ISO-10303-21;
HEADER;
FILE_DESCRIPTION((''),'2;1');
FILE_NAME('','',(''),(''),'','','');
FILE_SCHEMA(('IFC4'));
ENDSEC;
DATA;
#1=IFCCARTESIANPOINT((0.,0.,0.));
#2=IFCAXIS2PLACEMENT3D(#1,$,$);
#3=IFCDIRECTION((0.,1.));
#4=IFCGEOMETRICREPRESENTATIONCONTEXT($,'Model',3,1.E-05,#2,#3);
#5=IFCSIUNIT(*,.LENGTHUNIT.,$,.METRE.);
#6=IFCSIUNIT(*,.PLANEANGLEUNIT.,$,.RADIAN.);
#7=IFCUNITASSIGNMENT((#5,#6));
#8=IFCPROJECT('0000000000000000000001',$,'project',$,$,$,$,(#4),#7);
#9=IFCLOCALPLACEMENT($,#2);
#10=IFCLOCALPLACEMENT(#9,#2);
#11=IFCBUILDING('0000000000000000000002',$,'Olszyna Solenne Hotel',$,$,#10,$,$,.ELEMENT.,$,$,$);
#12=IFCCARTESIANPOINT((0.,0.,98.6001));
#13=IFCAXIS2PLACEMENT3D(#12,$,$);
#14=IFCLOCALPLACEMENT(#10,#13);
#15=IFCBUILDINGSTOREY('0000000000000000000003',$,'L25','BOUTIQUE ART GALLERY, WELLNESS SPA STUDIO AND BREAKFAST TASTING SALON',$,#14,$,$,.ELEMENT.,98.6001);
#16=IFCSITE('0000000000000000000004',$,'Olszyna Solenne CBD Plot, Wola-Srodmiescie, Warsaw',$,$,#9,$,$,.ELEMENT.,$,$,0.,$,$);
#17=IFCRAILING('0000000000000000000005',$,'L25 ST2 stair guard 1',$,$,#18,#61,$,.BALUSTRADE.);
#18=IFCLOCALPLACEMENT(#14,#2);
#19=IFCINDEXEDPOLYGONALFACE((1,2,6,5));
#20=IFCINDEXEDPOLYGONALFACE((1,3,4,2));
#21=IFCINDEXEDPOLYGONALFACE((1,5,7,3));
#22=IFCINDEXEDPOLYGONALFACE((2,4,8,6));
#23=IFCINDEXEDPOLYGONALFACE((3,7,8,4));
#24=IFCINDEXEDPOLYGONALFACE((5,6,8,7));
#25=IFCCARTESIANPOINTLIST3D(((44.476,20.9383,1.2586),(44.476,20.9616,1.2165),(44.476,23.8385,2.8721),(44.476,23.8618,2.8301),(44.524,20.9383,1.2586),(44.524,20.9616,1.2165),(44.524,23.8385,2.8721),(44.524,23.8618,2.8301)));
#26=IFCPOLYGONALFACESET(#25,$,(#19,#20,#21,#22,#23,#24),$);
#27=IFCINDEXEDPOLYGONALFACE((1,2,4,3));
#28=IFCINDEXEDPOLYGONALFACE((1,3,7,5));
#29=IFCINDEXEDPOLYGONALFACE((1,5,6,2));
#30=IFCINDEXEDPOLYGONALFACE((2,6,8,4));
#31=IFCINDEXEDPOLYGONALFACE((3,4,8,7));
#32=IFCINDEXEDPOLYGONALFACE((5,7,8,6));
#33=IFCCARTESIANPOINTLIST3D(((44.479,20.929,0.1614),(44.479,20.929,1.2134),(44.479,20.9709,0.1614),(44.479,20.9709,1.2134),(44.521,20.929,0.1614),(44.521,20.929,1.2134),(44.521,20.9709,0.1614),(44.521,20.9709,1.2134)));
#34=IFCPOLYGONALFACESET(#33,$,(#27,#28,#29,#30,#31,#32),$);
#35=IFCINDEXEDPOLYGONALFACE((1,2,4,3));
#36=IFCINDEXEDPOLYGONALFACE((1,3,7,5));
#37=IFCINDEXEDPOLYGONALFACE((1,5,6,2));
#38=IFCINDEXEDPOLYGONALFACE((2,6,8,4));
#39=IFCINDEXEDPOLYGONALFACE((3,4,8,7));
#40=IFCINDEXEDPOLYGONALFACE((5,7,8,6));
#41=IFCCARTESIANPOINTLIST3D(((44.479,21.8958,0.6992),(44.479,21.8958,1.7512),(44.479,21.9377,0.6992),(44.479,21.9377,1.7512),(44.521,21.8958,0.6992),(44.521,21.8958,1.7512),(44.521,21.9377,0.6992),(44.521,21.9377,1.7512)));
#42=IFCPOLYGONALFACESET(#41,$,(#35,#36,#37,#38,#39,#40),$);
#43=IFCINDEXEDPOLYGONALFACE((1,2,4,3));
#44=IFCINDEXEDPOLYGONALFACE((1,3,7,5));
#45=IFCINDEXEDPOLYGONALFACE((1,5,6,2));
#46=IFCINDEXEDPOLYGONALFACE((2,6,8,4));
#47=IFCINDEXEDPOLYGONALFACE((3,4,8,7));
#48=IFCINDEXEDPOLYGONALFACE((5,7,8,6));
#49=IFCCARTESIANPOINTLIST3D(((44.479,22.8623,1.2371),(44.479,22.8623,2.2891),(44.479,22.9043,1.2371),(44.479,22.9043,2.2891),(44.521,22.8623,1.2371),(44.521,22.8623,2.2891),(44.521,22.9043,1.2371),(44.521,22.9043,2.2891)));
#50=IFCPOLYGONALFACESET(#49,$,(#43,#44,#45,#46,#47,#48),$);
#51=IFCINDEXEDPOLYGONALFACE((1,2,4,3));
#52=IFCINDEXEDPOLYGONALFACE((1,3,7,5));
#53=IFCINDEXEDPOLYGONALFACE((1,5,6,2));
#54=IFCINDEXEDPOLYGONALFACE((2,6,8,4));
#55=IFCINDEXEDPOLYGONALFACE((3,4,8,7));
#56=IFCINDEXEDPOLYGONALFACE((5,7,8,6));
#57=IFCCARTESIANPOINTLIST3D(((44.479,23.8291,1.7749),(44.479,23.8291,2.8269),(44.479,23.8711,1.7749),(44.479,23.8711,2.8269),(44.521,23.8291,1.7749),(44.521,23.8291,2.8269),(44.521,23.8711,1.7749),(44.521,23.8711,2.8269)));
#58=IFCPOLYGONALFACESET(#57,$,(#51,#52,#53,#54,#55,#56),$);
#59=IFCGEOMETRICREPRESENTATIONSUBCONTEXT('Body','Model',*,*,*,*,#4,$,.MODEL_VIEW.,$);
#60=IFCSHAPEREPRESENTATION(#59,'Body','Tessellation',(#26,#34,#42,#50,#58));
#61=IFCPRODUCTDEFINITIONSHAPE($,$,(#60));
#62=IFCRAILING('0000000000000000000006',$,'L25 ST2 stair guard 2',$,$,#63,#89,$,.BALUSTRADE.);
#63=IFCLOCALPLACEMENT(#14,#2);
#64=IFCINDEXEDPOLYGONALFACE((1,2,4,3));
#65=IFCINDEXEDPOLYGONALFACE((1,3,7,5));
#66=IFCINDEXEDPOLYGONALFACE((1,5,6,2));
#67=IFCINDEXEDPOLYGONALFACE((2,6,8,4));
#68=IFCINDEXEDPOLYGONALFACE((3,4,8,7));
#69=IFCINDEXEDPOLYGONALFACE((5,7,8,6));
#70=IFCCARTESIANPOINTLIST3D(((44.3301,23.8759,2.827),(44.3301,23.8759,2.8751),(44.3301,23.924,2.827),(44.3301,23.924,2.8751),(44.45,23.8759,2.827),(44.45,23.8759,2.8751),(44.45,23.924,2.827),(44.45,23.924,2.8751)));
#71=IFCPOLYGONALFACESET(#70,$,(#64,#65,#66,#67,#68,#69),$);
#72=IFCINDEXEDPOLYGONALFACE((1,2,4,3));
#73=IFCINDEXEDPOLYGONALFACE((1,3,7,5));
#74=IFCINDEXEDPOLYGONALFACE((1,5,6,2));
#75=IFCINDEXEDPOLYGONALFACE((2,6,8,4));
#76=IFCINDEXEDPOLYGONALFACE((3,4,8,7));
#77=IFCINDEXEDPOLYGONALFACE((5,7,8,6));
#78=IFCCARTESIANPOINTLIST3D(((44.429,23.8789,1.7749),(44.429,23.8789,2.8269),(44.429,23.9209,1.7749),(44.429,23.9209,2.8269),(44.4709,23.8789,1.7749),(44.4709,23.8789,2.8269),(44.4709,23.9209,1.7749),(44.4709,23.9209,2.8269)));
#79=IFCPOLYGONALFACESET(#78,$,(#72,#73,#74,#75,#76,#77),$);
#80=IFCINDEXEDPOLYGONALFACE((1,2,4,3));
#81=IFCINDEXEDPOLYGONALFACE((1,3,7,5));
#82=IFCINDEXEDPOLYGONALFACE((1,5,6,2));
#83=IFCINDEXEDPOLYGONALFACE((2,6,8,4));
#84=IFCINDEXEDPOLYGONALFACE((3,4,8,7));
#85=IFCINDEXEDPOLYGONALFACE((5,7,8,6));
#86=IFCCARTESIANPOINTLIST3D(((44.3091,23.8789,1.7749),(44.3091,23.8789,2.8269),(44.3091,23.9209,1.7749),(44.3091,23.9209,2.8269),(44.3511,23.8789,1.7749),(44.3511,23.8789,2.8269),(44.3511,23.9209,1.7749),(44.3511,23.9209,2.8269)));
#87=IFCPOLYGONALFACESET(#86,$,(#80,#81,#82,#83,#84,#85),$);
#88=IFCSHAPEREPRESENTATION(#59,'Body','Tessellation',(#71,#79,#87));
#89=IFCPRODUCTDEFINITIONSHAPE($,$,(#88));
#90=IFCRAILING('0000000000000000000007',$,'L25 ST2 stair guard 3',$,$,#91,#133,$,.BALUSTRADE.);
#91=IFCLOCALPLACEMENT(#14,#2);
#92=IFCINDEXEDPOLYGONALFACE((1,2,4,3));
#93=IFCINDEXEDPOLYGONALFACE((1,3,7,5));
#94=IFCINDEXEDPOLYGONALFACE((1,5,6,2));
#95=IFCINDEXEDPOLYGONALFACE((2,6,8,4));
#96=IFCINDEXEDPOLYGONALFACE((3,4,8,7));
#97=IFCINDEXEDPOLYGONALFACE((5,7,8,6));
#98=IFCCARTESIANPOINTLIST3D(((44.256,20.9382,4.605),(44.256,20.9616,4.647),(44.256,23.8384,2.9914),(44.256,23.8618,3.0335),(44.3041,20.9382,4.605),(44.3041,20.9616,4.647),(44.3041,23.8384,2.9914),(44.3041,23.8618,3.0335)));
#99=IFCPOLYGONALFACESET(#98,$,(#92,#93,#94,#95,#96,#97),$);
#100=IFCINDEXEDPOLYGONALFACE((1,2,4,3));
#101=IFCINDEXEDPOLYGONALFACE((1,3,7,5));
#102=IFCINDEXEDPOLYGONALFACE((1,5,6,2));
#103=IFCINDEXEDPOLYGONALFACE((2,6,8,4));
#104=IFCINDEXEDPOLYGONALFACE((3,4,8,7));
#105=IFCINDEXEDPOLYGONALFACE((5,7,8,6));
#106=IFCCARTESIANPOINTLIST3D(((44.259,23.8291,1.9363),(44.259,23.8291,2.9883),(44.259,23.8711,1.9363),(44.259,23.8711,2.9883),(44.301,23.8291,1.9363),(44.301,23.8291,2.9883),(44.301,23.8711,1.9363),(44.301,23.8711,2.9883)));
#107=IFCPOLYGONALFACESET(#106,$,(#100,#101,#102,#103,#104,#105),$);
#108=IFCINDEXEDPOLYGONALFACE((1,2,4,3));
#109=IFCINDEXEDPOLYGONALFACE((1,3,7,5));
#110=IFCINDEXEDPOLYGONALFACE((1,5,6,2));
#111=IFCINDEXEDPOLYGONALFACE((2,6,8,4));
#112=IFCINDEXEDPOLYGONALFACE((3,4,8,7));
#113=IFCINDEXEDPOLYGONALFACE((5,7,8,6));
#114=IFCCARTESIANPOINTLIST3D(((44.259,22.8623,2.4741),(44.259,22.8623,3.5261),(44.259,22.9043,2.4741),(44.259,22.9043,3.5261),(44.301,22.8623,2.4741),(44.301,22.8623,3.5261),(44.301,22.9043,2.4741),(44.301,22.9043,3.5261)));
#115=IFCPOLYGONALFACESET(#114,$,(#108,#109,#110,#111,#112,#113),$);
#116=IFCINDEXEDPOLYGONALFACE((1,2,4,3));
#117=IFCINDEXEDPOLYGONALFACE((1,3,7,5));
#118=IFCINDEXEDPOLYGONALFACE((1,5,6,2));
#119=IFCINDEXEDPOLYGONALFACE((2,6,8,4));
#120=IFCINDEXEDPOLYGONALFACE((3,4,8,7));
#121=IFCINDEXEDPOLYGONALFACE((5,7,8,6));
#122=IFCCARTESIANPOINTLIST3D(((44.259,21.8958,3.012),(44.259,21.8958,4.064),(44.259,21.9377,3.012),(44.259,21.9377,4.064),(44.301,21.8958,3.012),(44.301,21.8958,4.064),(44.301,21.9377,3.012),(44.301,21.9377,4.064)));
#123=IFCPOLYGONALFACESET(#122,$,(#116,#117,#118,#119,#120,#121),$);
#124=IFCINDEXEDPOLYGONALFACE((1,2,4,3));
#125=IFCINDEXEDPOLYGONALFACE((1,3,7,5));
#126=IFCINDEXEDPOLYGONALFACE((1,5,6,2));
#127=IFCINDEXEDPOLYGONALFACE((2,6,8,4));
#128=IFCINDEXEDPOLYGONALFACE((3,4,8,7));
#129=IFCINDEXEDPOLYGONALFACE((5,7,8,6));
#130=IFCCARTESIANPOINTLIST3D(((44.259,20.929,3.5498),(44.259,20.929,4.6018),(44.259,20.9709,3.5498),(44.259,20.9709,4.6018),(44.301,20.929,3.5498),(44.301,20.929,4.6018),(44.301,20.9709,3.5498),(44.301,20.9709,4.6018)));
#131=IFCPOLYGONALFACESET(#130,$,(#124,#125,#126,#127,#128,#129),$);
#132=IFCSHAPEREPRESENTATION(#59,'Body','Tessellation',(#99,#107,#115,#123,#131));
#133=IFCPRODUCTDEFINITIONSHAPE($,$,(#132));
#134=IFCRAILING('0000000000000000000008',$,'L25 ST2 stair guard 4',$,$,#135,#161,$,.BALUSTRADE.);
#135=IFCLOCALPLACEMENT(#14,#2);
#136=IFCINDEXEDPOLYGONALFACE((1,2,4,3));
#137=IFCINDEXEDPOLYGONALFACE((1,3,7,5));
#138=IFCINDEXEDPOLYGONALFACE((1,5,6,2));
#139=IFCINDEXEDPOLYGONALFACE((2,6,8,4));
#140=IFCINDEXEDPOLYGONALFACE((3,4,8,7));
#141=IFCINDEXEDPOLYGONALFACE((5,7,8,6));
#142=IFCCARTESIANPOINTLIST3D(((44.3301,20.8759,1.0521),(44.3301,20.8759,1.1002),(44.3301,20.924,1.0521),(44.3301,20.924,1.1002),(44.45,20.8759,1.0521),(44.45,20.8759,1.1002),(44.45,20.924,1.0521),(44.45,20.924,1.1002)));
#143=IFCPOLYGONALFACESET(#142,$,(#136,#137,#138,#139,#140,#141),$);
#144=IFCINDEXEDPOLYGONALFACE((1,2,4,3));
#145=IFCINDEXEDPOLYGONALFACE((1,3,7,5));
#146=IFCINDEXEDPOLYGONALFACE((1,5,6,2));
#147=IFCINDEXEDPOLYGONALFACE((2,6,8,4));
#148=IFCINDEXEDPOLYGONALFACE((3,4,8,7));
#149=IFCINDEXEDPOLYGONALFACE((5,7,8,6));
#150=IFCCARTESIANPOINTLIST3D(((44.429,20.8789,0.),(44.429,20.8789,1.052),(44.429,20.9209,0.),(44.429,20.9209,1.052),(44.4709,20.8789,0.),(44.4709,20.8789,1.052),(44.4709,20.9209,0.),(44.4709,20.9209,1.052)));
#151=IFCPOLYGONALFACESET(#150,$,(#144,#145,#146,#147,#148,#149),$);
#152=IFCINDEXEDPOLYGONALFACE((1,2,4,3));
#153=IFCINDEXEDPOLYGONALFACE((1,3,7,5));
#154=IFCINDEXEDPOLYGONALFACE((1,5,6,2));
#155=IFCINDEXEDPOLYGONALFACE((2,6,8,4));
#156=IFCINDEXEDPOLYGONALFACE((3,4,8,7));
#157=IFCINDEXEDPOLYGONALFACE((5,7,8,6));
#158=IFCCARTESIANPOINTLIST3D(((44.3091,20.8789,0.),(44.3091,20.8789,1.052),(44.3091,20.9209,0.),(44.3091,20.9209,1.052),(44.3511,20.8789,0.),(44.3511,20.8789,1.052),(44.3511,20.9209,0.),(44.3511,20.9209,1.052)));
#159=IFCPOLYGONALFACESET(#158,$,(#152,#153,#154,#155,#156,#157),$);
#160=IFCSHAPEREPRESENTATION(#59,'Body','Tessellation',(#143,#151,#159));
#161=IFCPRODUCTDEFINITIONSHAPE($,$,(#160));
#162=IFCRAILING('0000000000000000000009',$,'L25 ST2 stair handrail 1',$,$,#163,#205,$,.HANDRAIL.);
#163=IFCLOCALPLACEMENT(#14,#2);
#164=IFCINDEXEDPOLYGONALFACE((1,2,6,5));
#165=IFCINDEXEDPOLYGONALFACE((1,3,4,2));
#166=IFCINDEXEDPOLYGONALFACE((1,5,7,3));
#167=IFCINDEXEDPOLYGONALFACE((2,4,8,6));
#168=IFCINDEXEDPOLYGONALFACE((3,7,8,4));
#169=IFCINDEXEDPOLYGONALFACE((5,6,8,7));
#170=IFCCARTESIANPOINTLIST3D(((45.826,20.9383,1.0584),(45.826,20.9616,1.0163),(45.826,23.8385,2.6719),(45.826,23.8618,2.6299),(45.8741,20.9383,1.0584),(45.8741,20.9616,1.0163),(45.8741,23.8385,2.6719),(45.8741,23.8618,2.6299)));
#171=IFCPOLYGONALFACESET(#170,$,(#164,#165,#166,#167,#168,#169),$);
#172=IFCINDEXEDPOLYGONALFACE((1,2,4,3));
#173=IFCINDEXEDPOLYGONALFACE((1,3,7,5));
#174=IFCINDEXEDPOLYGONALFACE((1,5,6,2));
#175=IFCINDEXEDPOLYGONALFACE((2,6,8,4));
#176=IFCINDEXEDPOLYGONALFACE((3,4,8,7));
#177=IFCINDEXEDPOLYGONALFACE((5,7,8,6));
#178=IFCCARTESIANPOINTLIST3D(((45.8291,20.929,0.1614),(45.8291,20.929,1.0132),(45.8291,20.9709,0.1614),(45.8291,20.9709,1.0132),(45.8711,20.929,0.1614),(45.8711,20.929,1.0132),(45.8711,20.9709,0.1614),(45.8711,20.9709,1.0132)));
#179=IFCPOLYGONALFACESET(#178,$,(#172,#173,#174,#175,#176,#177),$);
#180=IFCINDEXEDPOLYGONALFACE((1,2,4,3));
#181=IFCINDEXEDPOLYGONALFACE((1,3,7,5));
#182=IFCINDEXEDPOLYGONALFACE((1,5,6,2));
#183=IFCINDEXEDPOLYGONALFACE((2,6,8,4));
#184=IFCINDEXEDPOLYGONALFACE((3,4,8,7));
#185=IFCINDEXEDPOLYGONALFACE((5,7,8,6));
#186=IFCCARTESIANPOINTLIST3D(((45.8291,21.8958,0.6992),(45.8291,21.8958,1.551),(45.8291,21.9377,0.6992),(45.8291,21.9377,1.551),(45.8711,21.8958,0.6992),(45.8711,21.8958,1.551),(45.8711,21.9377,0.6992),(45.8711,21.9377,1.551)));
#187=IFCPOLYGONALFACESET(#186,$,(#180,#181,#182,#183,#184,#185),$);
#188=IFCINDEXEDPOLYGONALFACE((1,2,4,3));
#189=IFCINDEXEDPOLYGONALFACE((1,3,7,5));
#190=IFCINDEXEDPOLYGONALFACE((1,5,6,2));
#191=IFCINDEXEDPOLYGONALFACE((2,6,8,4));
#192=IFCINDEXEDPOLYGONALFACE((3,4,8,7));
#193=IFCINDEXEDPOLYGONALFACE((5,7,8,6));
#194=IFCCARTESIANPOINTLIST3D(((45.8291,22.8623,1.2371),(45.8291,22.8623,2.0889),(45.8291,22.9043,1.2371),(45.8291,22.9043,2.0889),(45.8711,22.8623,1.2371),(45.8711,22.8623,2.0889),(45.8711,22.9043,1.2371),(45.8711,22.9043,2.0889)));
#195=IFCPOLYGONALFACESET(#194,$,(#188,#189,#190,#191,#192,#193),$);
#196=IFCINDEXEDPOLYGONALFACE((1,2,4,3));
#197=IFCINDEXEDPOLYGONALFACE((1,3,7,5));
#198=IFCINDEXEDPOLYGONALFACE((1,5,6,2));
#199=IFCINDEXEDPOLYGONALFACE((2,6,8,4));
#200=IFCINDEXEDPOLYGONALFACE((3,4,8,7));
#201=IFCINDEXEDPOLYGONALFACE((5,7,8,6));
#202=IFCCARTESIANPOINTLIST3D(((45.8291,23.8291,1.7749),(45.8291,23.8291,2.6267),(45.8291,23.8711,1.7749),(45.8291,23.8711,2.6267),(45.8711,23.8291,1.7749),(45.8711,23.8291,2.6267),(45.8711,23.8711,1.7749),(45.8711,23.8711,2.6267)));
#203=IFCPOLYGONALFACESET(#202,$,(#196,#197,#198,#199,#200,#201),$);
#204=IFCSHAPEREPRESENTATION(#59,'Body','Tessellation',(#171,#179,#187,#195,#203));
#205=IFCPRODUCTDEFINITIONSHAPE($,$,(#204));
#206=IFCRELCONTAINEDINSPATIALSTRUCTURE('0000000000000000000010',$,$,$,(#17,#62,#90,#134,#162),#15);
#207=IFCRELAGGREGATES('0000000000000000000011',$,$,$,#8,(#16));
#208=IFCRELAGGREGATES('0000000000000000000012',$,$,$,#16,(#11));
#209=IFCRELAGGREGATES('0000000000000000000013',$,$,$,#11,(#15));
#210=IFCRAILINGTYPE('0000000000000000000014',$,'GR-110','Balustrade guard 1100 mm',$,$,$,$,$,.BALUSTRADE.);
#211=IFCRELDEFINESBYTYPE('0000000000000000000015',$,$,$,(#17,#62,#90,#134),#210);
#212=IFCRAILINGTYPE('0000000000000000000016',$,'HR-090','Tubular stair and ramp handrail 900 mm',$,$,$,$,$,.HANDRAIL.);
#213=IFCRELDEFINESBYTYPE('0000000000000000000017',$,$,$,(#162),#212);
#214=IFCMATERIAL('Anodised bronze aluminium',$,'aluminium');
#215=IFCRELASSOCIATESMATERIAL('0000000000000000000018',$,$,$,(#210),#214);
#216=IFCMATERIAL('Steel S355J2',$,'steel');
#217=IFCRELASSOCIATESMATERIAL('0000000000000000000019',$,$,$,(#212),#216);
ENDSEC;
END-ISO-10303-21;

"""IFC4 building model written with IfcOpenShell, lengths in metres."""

from ifc_helpers import new_model, si_unit, direction, frame, origin, origin_2d, place, context, subcontext, project, spatial, rectangle, extrude, material, type_object, element, save


model = new_model("IFC4")

# Units and contexts
model_context = context("Model", 3, precision=1e-05, world=origin(), true_north=direction((0.0, 1.0)))
body_context = subcontext(model_context, "Body", "Model", "MODEL_VIEW")
ifc_project = project(units=[si_unit("LENGTHUNIT", "METRE"), si_unit("PLANEANGLEUNIT", "RADIAN")], contexts=[model_context])

# Site, building, storey
site_placement = place(None, origin())
site = spatial("IfcSite", under=ifc_project, at=site_placement, Name="Olszyna Solenne CBD Plot, Wola-Srodmiescie, Warsaw", CompositionType="ELEMENT", RefElevation=0.0)
building_placement = place(site_placement, origin())
building = spatial("IfcBuilding", under=site, at=building_placement, Name="Olszyna Solenne Hotel", CompositionType="ELEMENT")
storey_placement = place(building_placement, frame((0.0, 0.0, 98.6001)))
storey = spatial("IfcBuildingStorey", under=building, at=storey_placement, Name="L25", Description="BOUTIQUE ART GALLERY, WELLNESS SPA STUDIO AND BREAKFAST TASTING SALON", CompositionType="ELEMENT", Elevation=98.6001)

# Shared definitions
ifc_material_1 = material(Name="Steel S355J2", Category="steel")

# Shared definitions
ifc_material_2 = material(Name="Anodised bronze aluminium", Category="aluminium")

# Railings
railing_type_1 = type_object("IfcRailingType", Name="GR-110", Description="Balustrade guard 1100 mm", PredefinedType="BALUSTRADE", material=ifc_material_2)
railing_1_placement = place(storey_placement, frame((44.5, 20.95, 0.1614)))
element("IfcRailing", 1, at=railing_1_placement, inside=storey, type_object=railing_type_1, Name="L25 ST2 stair guard 1", PredefinedType="BALUSTRADE", context=body_context, shape_type="SweptSolid", body=[
    extrude(rectangle(XDim=0.0481, YDim=0.0481, at=origin_2d()), frame((0.0, 0.0, 1.0762), z_axis=(0.0, 0.873859, 0.48618), x_axis=(-1.0, 0.0, 0.0)), (0.0, 0.0, 1.0), 3.3188),
    extrude(rectangle(XDim=0.042, YDim=0.042, at=origin_2d()), origin(), (0.0, 0.0, 1.0), 1.052),
    extrude(rectangle(XDim=0.042, YDim=0.042, at=origin_2d()), frame((0.0, 0.9668, 0.5378)), (0.0, 0.0, 1.0), 1.052),
    extrude(rectangle(XDim=0.042, YDim=0.042, at=origin_2d()), frame((0.0, 1.9333, 1.0757)), (0.0, 0.0, 1.0), 1.052),
    extrude(rectangle(XDim=0.042, YDim=0.042, at=origin_2d()), frame((0.0, 2.9001, 1.6135)), (0.0, 0.0, 1.0), 1.052),
])
railing_2_placement = place(storey_placement, frame((44.45, 23.8999, 1.7749)))
element("IfcRailing", 2, at=railing_2_placement, inside=storey, type_object=railing_type_1, Name="L25 ST2 stair guard 2", PredefinedType="BALUSTRADE", context=body_context, shape_type="SweptSolid", body=[
    extrude(rectangle(XDim=0.0481, YDim=0.0481, at=origin_2d()), frame((0.0, 0.0, 1.0762), z_axis=(-1.0, 0.0, 0.0), x_axis=(0.0, -1.0, 0.0)), (0.0, 0.0, 1.0), 0.1199),
    extrude(rectangle(XDim=0.042, YDim=0.042, at=origin_2d()), origin(), (0.0, 0.0, 1.0), 1.052),
    extrude(rectangle(XDim=0.042, YDim=0.042, at=origin_2d()), frame((-0.1199, 0.0, 0.0)), (0.0, 0.0, 1.0), 1.052),
])
railing_3_placement = place(storey_placement, frame((44.28, 23.8501, 1.9363)))
element("IfcRailing", 3, at=railing_3_placement, inside=storey, type_object=railing_type_1, Name="L25 ST2 stair guard 3", PredefinedType="BALUSTRADE", context=body_context, shape_type="SweptSolid", body=[
    extrude(rectangle(XDim=0.0481, YDim=0.0481, at=origin_2d()), frame((0.0, 0.0, 1.0762), z_axis=(0.0, -0.873859, 0.48618), x_axis=(1.0, 0.0, 0.0)), (0.0, 0.0, 1.0), 3.3188),
    extrude(rectangle(XDim=0.042, YDim=0.042, at=origin_2d()), origin(), (0.0, 0.0, 1.0), 1.052),
    extrude(rectangle(XDim=0.042, YDim=0.042, at=origin_2d()), frame((0.0, -0.9668, 0.5378)), (0.0, 0.0, 1.0), 1.052),
    extrude(rectangle(XDim=0.042, YDim=0.042, at=origin_2d()), frame((0.0, -1.9333, 1.0757)), (0.0, 0.0, 1.0), 1.052),
    extrude(rectangle(XDim=0.042, YDim=0.042, at=origin_2d()), frame((0.0, -2.9001, 1.6135)), (0.0, 0.0, 1.0), 1.052),
])
railing_4_placement = place(storey_placement, frame((44.45, 20.8999, 0.0)))
element("IfcRailing", 4, at=railing_4_placement, inside=storey, type_object=railing_type_1, Name="L25 ST2 stair guard 4", PredefinedType="BALUSTRADE", context=body_context, shape_type="SweptSolid", body=[
    extrude(rectangle(XDim=0.0481, YDim=0.0481, at=origin_2d()), frame((0.0, 0.0, 1.0762), z_axis=(-1.0, 0.0, 0.0), x_axis=(0.0, -1.0, 0.0)), (0.0, 0.0, 1.0), 0.1199),
    extrude(rectangle(XDim=0.042, YDim=0.042, at=origin_2d()), origin(), (0.0, 0.0, 1.0), 1.052),
    extrude(rectangle(XDim=0.042, YDim=0.042, at=origin_2d()), frame((-0.1199, 0.0, 0.0)), (0.0, 0.0, 1.0), 1.052),
])
railing_type_2 = type_object("IfcRailingType", Name="HR-090", Description="Tubular stair and ramp handrail 900 mm", PredefinedType="HANDRAIL", material=ifc_material_1)
railing_5_placement = place(storey_placement, frame((45.8501, 20.95, 0.1614)))
element("IfcRailing", 5, at=railing_5_placement, inside=storey, type_object=railing_type_2, Name="L25 ST2 stair handrail 1", PredefinedType="HANDRAIL", context=body_context, shape_type="SweptSolid", body=[
    extrude(rectangle(XDim=0.0481, YDim=0.0481, at=origin_2d()), frame((0.0, 0.0, 0.876), z_axis=(0.0, 0.873859, 0.48618), x_axis=(-1.0, 0.0, 0.0)), (0.0, 0.0, 1.0), 3.3188),
    extrude(rectangle(XDim=0.042, YDim=0.042, at=origin_2d()), origin(), (0.0, 0.0, 1.0), 0.8518),
    extrude(rectangle(XDim=0.042, YDim=0.042, at=origin_2d()), frame((0.0, 0.9668, 0.5378)), (0.0, 0.0, 1.0), 0.8518),
    extrude(rectangle(XDim=0.042, YDim=0.042, at=origin_2d()), frame((0.0, 1.9333, 1.0757)), (0.0, 0.0, 1.0), 0.8518),
    extrude(rectangle(XDim=0.042, YDim=0.042, at=origin_2d()), frame((0.0, 2.9001, 1.6135)), (0.0, 0.0, 1.0), 0.8518),
])

save(model, "model.ifc")
